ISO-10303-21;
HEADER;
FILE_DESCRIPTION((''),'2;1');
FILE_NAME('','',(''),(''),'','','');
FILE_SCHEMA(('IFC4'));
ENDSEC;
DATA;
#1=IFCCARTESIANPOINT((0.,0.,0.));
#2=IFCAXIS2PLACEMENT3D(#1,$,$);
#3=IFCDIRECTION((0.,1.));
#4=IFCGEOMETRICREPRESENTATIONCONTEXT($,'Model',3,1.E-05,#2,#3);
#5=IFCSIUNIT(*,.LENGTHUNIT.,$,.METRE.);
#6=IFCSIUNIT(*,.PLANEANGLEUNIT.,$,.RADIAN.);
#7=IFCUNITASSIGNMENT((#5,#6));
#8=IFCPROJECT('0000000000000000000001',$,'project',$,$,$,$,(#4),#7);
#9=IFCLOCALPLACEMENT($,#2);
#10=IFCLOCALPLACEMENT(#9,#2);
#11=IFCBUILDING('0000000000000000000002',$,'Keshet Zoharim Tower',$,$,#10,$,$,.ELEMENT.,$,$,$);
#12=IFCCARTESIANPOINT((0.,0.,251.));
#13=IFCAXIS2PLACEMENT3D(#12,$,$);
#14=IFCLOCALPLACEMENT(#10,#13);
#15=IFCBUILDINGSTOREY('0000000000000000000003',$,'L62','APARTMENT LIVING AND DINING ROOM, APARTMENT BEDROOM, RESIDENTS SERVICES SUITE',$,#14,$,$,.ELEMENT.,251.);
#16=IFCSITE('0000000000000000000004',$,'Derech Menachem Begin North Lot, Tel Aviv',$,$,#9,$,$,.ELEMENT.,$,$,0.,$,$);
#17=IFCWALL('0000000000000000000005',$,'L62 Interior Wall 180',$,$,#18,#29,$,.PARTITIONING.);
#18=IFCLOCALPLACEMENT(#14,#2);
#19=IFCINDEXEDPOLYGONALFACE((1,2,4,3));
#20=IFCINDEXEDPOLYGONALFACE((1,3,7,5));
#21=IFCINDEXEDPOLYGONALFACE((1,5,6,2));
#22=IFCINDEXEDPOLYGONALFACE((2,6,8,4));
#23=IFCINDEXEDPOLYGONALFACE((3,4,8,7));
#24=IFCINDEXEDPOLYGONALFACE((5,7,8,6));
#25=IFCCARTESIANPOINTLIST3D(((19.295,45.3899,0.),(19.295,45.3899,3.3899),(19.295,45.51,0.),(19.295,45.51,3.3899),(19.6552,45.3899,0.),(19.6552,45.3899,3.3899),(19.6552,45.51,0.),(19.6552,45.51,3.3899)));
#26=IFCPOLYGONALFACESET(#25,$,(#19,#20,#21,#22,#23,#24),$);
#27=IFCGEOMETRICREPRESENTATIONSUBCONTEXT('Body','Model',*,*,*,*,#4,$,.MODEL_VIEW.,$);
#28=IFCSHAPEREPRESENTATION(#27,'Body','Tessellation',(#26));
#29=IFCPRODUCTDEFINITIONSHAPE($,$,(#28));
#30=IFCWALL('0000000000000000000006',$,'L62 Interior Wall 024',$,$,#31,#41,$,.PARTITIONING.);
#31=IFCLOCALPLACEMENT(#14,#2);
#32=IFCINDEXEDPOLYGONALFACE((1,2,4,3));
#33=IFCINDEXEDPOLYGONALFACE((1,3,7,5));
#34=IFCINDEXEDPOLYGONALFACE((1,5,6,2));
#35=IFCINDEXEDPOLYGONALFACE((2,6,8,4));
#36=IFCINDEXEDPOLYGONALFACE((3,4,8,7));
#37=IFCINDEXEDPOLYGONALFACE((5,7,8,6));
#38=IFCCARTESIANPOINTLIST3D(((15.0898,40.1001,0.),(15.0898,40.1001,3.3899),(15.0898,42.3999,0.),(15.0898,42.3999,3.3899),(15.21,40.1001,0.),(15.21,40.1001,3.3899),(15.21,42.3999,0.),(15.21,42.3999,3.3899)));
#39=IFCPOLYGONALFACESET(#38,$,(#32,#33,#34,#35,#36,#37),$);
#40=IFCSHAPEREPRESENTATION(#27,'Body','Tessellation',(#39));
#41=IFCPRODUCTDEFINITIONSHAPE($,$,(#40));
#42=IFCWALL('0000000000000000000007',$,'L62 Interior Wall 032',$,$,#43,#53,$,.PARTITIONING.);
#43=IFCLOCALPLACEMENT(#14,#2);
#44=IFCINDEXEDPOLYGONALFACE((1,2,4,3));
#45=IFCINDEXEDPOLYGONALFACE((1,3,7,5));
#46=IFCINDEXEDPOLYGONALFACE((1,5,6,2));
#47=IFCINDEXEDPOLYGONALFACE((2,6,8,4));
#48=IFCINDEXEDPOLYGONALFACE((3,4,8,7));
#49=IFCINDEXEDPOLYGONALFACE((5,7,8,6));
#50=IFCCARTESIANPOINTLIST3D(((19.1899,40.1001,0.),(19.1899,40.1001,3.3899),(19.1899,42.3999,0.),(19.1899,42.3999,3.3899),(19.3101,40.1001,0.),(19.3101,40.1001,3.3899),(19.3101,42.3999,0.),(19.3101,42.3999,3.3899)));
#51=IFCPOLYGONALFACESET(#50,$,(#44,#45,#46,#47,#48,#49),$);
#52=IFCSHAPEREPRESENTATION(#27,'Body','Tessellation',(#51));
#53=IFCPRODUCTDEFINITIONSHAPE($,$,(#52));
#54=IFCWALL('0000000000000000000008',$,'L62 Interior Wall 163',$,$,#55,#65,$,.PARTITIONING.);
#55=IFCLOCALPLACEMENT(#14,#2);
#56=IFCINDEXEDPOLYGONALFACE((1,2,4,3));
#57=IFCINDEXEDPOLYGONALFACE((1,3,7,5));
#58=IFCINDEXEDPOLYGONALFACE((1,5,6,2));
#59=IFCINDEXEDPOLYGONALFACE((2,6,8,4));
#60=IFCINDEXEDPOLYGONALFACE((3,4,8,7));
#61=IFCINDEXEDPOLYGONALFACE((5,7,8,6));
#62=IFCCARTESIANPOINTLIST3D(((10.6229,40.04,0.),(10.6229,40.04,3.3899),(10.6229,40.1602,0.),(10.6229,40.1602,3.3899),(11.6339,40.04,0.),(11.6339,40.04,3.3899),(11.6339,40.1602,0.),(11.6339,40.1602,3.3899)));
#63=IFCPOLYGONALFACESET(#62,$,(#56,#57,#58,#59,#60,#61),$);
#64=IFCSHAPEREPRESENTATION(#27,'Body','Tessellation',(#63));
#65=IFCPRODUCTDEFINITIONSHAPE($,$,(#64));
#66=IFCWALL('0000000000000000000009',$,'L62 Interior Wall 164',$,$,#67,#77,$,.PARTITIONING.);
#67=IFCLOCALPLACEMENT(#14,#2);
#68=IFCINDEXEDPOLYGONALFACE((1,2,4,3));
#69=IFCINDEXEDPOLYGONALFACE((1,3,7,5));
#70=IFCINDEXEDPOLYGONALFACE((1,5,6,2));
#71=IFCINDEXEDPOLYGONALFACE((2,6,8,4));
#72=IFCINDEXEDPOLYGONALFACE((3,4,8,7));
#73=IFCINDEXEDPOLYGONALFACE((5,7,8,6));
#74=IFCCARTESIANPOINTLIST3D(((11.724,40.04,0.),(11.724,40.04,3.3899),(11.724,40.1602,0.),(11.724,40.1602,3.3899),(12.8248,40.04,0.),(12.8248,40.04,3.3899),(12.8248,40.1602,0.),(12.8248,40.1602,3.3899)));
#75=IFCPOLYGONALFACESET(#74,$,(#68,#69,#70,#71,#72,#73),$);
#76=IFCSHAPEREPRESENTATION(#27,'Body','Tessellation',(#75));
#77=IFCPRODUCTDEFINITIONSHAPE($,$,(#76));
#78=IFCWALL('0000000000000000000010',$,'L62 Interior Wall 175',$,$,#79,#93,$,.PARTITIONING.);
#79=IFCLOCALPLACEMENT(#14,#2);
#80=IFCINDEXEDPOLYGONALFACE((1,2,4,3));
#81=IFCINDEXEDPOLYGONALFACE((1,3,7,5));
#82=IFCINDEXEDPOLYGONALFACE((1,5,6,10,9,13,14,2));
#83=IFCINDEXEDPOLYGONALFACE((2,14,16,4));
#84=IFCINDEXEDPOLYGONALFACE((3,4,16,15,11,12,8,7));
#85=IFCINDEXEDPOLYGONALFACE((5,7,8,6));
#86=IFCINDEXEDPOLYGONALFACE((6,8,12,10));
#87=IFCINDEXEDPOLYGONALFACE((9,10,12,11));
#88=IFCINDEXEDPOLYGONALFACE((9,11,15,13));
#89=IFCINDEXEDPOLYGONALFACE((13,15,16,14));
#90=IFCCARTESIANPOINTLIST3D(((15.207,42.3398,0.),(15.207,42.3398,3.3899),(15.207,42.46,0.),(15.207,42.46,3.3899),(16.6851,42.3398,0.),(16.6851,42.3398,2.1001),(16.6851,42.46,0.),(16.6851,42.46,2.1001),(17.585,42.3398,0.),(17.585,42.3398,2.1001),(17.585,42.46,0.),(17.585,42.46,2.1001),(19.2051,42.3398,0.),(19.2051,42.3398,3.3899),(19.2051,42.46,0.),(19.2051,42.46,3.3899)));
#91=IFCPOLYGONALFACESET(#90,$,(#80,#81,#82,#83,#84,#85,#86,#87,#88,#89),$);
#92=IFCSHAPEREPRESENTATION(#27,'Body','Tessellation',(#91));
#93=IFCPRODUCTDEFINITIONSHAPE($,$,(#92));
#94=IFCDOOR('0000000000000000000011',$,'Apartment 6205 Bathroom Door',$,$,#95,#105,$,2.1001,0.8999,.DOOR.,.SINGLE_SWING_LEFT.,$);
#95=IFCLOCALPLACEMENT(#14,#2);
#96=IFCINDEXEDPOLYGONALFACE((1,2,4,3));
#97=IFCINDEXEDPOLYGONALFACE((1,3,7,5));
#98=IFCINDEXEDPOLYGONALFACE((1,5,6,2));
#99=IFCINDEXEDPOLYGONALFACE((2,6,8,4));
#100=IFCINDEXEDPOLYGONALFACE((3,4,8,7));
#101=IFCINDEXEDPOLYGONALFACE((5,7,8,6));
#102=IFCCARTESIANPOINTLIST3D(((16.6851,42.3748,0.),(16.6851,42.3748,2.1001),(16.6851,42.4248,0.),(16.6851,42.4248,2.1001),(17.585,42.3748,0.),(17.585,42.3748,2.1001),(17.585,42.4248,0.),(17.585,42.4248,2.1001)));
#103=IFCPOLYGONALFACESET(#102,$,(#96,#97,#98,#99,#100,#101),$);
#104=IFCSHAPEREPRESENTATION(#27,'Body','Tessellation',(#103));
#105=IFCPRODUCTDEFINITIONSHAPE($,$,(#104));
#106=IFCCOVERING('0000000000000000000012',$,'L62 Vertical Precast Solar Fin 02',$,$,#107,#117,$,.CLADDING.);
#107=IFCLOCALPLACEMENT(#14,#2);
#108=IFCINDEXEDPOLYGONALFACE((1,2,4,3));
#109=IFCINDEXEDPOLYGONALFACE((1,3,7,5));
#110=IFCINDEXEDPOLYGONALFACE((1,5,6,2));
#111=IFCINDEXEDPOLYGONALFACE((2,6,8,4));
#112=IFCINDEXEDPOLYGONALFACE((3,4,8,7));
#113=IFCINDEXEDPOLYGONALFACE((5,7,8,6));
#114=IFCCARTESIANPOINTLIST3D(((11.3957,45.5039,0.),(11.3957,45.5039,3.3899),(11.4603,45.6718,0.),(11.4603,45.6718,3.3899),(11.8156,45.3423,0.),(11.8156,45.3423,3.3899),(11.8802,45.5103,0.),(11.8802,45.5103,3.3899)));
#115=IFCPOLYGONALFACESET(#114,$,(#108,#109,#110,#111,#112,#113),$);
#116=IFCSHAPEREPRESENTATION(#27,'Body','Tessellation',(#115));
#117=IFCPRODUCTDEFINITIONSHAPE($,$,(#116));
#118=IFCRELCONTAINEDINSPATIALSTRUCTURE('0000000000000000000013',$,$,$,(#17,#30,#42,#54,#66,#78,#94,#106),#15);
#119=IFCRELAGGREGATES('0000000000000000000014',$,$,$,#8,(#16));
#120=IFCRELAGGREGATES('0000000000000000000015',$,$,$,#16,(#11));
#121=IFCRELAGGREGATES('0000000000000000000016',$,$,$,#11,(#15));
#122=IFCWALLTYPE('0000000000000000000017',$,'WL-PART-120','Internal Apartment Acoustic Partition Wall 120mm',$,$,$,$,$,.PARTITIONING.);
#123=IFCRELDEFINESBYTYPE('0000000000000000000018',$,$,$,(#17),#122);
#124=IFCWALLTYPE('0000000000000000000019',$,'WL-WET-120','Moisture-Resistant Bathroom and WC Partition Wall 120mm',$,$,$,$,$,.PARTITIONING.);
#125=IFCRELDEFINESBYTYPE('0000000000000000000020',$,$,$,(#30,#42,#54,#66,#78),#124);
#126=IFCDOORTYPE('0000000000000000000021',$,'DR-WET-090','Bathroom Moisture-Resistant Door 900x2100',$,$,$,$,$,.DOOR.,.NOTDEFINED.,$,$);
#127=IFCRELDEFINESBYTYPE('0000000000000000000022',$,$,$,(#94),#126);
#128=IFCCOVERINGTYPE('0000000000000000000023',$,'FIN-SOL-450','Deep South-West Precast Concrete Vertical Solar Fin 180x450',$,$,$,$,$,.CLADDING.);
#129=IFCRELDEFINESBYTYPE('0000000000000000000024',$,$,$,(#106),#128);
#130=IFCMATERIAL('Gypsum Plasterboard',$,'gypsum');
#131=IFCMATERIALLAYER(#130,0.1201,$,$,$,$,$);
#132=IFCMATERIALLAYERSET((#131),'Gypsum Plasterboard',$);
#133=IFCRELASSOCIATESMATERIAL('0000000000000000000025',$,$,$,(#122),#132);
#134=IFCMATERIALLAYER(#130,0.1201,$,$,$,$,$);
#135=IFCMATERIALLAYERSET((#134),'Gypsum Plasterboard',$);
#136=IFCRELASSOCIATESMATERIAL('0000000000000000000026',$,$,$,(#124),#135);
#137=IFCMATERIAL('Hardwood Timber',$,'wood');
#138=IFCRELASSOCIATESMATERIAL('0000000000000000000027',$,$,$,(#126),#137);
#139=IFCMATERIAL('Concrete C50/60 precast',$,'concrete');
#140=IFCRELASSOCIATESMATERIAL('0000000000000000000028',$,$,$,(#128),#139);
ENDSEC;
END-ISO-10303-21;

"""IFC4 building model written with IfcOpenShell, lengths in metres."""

from ifc_helpers import new_model, si_unit, direction, frame, frame_2d, origin, origin_2d, place, context, subcontext, project, spatial, rectangle, extrude, material, layer, layer_set, type_object, element, fill, save


model = new_model("IFC4")

# Units and contexts
model_context = context("Model", 3, precision=1e-05, world=origin(), true_north=direction((0.0, 1.0)))
body_context = subcontext(model_context, "Body", "Model", "MODEL_VIEW")
ifc_project = project(units=[si_unit("LENGTHUNIT", "METRE"), si_unit("PLANEANGLEUNIT", "RADIAN")], contexts=[model_context])

# Site, building, storey
site_placement = place(None, origin())
site = spatial("IfcSite", under=ifc_project, at=site_placement, Name="Derech Menachem Begin North Lot, Tel Aviv", CompositionType="ELEMENT", RefElevation=0.0)
building_placement = place(site_placement, origin())
building = spatial("IfcBuilding", under=site, at=building_placement, Name="Keshet Zoharim Tower", CompositionType="ELEMENT")
storey_placement = place(building_placement, frame((0.0, 0.0, 251.0)))
storey = spatial("IfcBuildingStorey", under=building, at=storey_placement, Name="L62", Description="APARTMENT LIVING AND DINING ROOM, APARTMENT BEDROOM, RESIDENTS SERVICES SUITE", CompositionType="ELEMENT", Elevation=251.0)

# Shared definitions
ifc_material_1 = material(Name="Gypsum Plasterboard", Category="gypsum")

# Shared definitions
ifc_material_2 = material(Name="Hardwood Timber", Category="wood")

# Shared definitions
ifc_layer_1 = layer(ifc_material_1, 0.1201)
ifc_layer_set_1 = layer_set([ifc_layer_1], Name="Gypsum Plasterboard")
wall_type_1 = type_object("IfcWallType", Name="WL-PART-120", Description="Internal Apartment Acoustic Partition Wall 120mm", PredefinedType="PARTITIONING", material=ifc_layer_set_1)

# Walls
wall_1_placement = place(storey_placement, frame((19.2949, 45.45, 0.0), z_axis=(0.0, 0.0, 1.0), x_axis=(1.0, 0.0, 0.0)))
element("IfcWall", 1, at=wall_1_placement, inside=storey, type_object=wall_type_1, Name="L62 Interior Wall 180", PredefinedType="PARTITIONING", context=body_context, shape_type="SweptSolid", body=[
    extrude(rectangle(XDim=0.3601, YDim=0.1201, at=frame_2d((0.1802, 0.0))), origin(), (0.0, 0.0, 1.0), 3.3899),
])
ifc_layer_2 = layer(ifc_material_1, 0.1201)
ifc_layer_set_2 = layer_set([ifc_layer_2], Name="Gypsum Plasterboard")
wall_type_2 = type_object("IfcWallType", Name="WL-WET-120", Description="Moisture-Resistant Bathroom and WC Partition Wall 120mm", PredefinedType="PARTITIONING", material=ifc_layer_set_2)
for number, where, z_axis, x_axis, name in (
    (2, (15.1499, 40.1001, 0.0), (0.0, 0.0, 1.0), (0.0, 1.0, 0.0), "L62 Interior Wall 024"),
    (3, (19.25, 40.1001, 0.0), (0.0, 0.0, 1.0), (0.0, 1.0, 0.0), "L62 Interior Wall 032"),
):
    element("IfcWall", number, at=place(storey_placement, frame(where, z_axis=z_axis, x_axis=x_axis)), inside=storey, type_object=wall_type_2, Name=name, PredefinedType="PARTITIONING", context=body_context, shape_type="SweptSolid", body=[
        extrude(rectangle(XDim=2.2998, YDim=0.1201, at=frame_2d((1.1499, 0.0))), origin(), (0.0, 0.0, 1.0), 3.3899),
    ])
wall_2_placement = place(storey_placement, frame((10.623, 40.1001, 0.0), z_axis=(0.0, 0.0, 1.0), x_axis=(1.0, 0.0, 0.0)))
element("IfcWall", 4, at=wall_2_placement, inside=storey, type_object=wall_type_2, Name="L62 Interior Wall 163", PredefinedType="PARTITIONING", context=body_context, shape_type="SweptSolid", body=[
    extrude(rectangle(XDim=1.011, YDim=0.1201, at=frame_2d((0.5054, 0.0))), origin(), (0.0, 0.0, 1.0), 3.3899),
])
wall_3_placement = place(storey_placement, frame((11.7241, 40.1001, 0.0), z_axis=(0.0, 0.0, 1.0), x_axis=(1.0, 0.0, 0.0)))
element("IfcWall", 5, at=wall_3_placement, inside=storey, type_object=wall_type_2, Name="L62 Interior Wall 164", PredefinedType="PARTITIONING", context=body_context, shape_type="SweptSolid", body=[
    extrude(rectangle(XDim=1.1008, YDim=0.1201, at=frame_2d((0.5503, 0.0))), origin(), (0.0, 0.0, 1.0), 3.3899),
])

# Wall, opening, door
wall_4_placement = place(storey_placement, frame((15.207, 42.3999, 0.0), z_axis=(0.0, 0.0, 1.0), x_axis=(1.0, 0.0, 0.0)))
wall_4 = element("IfcWall", 6, at=wall_4_placement, inside=storey, type_object=wall_type_2, Name="L62 Interior Wall 175", PredefinedType="PARTITIONING", context=body_context, shape_type="SweptSolid", body=[
    extrude(rectangle(XDim=3.998, YDim=0.1201, at=frame_2d((1.999, 0.0))), origin(), (0.0, 0.0, 1.0), 3.3899),
])
opening_1_placement = place(wall_4_placement, frame((1.478, 0.0, 0.0)))
opening_1 = element("IfcOpeningElement", 7, at=opening_1_placement, cuts=wall_4, PredefinedType="OPENING", context=body_context, shape_type="SweptSolid", body=[
    extrude(rectangle(XDim=0.8999, YDim=2.1001, at=frame_2d((0.45, 1.05))), frame((0.0, 0.0701, 0.0), z_axis=(0.0, -1.0, 0.0), x_axis=(1.0, 0.0, 0.0)), (0.0, 0.0, 1.0), 0.1401),
])
door_type_1 = type_object("IfcDoorType", Name="DR-WET-090", Description="Bathroom Moisture-Resistant Door 900x2100", OperationType="NOTDEFINED", PredefinedType="DOOR", material=ifc_material_2)
door_1_placement = place(opening_1_placement, origin())
door_1 = element("IfcDoor", 8, at=door_1_placement, inside=storey, type_object=door_type_1, Name="Apartment 6205 Bathroom Door", OperationType="SINGLE_SWING_LEFT", OverallHeight=2.1001, OverallWidth=0.8999, PredefinedType="DOOR", context=body_context, shape_type="SweptSolid", body=[
    extrude(rectangle(XDim=0.8999, YDim=2.1001, at=frame_2d((0.45, 1.05))), frame((0.0, 0.0249, 0.0), z_axis=(0.0, -1.0, 0.0), x_axis=(1.0, 0.0, 0.0)), (0.0, 0.0, 1.0), 0.05),
])
fill(opening_1, door_1)

# Covering
ifc_material_3 = material(Name="Concrete C50/60 precast", Category="concrete")
covering_type = type_object("IfcCoveringType", Name="FIN-SOL-450", Description="Deep South-West Precast Concrete Vertical Solar Fin 180x450", PredefinedType="CLADDING", material=ifc_material_3)
covering_placement = place(storey_placement, frame((11.6379, 45.5071, 0.0), z_axis=(0.0, 0.0, 1.0), x_axis=(0.35899, 0.933341, 0.0)))
element("IfcCovering", 9, at=covering_placement, inside=storey, type_object=covering_type, Name="L62 Vertical Precast Solar Fin 02", PredefinedType="CLADDING", context=body_context, shape_type="SweptSolid", body=[
    extrude(rectangle(XDim=0.1799, YDim=0.45, at=origin_2d()), origin(), (0.0, 0.0, 1.0), 3.3899),
])

save(model, "model.ifc")
